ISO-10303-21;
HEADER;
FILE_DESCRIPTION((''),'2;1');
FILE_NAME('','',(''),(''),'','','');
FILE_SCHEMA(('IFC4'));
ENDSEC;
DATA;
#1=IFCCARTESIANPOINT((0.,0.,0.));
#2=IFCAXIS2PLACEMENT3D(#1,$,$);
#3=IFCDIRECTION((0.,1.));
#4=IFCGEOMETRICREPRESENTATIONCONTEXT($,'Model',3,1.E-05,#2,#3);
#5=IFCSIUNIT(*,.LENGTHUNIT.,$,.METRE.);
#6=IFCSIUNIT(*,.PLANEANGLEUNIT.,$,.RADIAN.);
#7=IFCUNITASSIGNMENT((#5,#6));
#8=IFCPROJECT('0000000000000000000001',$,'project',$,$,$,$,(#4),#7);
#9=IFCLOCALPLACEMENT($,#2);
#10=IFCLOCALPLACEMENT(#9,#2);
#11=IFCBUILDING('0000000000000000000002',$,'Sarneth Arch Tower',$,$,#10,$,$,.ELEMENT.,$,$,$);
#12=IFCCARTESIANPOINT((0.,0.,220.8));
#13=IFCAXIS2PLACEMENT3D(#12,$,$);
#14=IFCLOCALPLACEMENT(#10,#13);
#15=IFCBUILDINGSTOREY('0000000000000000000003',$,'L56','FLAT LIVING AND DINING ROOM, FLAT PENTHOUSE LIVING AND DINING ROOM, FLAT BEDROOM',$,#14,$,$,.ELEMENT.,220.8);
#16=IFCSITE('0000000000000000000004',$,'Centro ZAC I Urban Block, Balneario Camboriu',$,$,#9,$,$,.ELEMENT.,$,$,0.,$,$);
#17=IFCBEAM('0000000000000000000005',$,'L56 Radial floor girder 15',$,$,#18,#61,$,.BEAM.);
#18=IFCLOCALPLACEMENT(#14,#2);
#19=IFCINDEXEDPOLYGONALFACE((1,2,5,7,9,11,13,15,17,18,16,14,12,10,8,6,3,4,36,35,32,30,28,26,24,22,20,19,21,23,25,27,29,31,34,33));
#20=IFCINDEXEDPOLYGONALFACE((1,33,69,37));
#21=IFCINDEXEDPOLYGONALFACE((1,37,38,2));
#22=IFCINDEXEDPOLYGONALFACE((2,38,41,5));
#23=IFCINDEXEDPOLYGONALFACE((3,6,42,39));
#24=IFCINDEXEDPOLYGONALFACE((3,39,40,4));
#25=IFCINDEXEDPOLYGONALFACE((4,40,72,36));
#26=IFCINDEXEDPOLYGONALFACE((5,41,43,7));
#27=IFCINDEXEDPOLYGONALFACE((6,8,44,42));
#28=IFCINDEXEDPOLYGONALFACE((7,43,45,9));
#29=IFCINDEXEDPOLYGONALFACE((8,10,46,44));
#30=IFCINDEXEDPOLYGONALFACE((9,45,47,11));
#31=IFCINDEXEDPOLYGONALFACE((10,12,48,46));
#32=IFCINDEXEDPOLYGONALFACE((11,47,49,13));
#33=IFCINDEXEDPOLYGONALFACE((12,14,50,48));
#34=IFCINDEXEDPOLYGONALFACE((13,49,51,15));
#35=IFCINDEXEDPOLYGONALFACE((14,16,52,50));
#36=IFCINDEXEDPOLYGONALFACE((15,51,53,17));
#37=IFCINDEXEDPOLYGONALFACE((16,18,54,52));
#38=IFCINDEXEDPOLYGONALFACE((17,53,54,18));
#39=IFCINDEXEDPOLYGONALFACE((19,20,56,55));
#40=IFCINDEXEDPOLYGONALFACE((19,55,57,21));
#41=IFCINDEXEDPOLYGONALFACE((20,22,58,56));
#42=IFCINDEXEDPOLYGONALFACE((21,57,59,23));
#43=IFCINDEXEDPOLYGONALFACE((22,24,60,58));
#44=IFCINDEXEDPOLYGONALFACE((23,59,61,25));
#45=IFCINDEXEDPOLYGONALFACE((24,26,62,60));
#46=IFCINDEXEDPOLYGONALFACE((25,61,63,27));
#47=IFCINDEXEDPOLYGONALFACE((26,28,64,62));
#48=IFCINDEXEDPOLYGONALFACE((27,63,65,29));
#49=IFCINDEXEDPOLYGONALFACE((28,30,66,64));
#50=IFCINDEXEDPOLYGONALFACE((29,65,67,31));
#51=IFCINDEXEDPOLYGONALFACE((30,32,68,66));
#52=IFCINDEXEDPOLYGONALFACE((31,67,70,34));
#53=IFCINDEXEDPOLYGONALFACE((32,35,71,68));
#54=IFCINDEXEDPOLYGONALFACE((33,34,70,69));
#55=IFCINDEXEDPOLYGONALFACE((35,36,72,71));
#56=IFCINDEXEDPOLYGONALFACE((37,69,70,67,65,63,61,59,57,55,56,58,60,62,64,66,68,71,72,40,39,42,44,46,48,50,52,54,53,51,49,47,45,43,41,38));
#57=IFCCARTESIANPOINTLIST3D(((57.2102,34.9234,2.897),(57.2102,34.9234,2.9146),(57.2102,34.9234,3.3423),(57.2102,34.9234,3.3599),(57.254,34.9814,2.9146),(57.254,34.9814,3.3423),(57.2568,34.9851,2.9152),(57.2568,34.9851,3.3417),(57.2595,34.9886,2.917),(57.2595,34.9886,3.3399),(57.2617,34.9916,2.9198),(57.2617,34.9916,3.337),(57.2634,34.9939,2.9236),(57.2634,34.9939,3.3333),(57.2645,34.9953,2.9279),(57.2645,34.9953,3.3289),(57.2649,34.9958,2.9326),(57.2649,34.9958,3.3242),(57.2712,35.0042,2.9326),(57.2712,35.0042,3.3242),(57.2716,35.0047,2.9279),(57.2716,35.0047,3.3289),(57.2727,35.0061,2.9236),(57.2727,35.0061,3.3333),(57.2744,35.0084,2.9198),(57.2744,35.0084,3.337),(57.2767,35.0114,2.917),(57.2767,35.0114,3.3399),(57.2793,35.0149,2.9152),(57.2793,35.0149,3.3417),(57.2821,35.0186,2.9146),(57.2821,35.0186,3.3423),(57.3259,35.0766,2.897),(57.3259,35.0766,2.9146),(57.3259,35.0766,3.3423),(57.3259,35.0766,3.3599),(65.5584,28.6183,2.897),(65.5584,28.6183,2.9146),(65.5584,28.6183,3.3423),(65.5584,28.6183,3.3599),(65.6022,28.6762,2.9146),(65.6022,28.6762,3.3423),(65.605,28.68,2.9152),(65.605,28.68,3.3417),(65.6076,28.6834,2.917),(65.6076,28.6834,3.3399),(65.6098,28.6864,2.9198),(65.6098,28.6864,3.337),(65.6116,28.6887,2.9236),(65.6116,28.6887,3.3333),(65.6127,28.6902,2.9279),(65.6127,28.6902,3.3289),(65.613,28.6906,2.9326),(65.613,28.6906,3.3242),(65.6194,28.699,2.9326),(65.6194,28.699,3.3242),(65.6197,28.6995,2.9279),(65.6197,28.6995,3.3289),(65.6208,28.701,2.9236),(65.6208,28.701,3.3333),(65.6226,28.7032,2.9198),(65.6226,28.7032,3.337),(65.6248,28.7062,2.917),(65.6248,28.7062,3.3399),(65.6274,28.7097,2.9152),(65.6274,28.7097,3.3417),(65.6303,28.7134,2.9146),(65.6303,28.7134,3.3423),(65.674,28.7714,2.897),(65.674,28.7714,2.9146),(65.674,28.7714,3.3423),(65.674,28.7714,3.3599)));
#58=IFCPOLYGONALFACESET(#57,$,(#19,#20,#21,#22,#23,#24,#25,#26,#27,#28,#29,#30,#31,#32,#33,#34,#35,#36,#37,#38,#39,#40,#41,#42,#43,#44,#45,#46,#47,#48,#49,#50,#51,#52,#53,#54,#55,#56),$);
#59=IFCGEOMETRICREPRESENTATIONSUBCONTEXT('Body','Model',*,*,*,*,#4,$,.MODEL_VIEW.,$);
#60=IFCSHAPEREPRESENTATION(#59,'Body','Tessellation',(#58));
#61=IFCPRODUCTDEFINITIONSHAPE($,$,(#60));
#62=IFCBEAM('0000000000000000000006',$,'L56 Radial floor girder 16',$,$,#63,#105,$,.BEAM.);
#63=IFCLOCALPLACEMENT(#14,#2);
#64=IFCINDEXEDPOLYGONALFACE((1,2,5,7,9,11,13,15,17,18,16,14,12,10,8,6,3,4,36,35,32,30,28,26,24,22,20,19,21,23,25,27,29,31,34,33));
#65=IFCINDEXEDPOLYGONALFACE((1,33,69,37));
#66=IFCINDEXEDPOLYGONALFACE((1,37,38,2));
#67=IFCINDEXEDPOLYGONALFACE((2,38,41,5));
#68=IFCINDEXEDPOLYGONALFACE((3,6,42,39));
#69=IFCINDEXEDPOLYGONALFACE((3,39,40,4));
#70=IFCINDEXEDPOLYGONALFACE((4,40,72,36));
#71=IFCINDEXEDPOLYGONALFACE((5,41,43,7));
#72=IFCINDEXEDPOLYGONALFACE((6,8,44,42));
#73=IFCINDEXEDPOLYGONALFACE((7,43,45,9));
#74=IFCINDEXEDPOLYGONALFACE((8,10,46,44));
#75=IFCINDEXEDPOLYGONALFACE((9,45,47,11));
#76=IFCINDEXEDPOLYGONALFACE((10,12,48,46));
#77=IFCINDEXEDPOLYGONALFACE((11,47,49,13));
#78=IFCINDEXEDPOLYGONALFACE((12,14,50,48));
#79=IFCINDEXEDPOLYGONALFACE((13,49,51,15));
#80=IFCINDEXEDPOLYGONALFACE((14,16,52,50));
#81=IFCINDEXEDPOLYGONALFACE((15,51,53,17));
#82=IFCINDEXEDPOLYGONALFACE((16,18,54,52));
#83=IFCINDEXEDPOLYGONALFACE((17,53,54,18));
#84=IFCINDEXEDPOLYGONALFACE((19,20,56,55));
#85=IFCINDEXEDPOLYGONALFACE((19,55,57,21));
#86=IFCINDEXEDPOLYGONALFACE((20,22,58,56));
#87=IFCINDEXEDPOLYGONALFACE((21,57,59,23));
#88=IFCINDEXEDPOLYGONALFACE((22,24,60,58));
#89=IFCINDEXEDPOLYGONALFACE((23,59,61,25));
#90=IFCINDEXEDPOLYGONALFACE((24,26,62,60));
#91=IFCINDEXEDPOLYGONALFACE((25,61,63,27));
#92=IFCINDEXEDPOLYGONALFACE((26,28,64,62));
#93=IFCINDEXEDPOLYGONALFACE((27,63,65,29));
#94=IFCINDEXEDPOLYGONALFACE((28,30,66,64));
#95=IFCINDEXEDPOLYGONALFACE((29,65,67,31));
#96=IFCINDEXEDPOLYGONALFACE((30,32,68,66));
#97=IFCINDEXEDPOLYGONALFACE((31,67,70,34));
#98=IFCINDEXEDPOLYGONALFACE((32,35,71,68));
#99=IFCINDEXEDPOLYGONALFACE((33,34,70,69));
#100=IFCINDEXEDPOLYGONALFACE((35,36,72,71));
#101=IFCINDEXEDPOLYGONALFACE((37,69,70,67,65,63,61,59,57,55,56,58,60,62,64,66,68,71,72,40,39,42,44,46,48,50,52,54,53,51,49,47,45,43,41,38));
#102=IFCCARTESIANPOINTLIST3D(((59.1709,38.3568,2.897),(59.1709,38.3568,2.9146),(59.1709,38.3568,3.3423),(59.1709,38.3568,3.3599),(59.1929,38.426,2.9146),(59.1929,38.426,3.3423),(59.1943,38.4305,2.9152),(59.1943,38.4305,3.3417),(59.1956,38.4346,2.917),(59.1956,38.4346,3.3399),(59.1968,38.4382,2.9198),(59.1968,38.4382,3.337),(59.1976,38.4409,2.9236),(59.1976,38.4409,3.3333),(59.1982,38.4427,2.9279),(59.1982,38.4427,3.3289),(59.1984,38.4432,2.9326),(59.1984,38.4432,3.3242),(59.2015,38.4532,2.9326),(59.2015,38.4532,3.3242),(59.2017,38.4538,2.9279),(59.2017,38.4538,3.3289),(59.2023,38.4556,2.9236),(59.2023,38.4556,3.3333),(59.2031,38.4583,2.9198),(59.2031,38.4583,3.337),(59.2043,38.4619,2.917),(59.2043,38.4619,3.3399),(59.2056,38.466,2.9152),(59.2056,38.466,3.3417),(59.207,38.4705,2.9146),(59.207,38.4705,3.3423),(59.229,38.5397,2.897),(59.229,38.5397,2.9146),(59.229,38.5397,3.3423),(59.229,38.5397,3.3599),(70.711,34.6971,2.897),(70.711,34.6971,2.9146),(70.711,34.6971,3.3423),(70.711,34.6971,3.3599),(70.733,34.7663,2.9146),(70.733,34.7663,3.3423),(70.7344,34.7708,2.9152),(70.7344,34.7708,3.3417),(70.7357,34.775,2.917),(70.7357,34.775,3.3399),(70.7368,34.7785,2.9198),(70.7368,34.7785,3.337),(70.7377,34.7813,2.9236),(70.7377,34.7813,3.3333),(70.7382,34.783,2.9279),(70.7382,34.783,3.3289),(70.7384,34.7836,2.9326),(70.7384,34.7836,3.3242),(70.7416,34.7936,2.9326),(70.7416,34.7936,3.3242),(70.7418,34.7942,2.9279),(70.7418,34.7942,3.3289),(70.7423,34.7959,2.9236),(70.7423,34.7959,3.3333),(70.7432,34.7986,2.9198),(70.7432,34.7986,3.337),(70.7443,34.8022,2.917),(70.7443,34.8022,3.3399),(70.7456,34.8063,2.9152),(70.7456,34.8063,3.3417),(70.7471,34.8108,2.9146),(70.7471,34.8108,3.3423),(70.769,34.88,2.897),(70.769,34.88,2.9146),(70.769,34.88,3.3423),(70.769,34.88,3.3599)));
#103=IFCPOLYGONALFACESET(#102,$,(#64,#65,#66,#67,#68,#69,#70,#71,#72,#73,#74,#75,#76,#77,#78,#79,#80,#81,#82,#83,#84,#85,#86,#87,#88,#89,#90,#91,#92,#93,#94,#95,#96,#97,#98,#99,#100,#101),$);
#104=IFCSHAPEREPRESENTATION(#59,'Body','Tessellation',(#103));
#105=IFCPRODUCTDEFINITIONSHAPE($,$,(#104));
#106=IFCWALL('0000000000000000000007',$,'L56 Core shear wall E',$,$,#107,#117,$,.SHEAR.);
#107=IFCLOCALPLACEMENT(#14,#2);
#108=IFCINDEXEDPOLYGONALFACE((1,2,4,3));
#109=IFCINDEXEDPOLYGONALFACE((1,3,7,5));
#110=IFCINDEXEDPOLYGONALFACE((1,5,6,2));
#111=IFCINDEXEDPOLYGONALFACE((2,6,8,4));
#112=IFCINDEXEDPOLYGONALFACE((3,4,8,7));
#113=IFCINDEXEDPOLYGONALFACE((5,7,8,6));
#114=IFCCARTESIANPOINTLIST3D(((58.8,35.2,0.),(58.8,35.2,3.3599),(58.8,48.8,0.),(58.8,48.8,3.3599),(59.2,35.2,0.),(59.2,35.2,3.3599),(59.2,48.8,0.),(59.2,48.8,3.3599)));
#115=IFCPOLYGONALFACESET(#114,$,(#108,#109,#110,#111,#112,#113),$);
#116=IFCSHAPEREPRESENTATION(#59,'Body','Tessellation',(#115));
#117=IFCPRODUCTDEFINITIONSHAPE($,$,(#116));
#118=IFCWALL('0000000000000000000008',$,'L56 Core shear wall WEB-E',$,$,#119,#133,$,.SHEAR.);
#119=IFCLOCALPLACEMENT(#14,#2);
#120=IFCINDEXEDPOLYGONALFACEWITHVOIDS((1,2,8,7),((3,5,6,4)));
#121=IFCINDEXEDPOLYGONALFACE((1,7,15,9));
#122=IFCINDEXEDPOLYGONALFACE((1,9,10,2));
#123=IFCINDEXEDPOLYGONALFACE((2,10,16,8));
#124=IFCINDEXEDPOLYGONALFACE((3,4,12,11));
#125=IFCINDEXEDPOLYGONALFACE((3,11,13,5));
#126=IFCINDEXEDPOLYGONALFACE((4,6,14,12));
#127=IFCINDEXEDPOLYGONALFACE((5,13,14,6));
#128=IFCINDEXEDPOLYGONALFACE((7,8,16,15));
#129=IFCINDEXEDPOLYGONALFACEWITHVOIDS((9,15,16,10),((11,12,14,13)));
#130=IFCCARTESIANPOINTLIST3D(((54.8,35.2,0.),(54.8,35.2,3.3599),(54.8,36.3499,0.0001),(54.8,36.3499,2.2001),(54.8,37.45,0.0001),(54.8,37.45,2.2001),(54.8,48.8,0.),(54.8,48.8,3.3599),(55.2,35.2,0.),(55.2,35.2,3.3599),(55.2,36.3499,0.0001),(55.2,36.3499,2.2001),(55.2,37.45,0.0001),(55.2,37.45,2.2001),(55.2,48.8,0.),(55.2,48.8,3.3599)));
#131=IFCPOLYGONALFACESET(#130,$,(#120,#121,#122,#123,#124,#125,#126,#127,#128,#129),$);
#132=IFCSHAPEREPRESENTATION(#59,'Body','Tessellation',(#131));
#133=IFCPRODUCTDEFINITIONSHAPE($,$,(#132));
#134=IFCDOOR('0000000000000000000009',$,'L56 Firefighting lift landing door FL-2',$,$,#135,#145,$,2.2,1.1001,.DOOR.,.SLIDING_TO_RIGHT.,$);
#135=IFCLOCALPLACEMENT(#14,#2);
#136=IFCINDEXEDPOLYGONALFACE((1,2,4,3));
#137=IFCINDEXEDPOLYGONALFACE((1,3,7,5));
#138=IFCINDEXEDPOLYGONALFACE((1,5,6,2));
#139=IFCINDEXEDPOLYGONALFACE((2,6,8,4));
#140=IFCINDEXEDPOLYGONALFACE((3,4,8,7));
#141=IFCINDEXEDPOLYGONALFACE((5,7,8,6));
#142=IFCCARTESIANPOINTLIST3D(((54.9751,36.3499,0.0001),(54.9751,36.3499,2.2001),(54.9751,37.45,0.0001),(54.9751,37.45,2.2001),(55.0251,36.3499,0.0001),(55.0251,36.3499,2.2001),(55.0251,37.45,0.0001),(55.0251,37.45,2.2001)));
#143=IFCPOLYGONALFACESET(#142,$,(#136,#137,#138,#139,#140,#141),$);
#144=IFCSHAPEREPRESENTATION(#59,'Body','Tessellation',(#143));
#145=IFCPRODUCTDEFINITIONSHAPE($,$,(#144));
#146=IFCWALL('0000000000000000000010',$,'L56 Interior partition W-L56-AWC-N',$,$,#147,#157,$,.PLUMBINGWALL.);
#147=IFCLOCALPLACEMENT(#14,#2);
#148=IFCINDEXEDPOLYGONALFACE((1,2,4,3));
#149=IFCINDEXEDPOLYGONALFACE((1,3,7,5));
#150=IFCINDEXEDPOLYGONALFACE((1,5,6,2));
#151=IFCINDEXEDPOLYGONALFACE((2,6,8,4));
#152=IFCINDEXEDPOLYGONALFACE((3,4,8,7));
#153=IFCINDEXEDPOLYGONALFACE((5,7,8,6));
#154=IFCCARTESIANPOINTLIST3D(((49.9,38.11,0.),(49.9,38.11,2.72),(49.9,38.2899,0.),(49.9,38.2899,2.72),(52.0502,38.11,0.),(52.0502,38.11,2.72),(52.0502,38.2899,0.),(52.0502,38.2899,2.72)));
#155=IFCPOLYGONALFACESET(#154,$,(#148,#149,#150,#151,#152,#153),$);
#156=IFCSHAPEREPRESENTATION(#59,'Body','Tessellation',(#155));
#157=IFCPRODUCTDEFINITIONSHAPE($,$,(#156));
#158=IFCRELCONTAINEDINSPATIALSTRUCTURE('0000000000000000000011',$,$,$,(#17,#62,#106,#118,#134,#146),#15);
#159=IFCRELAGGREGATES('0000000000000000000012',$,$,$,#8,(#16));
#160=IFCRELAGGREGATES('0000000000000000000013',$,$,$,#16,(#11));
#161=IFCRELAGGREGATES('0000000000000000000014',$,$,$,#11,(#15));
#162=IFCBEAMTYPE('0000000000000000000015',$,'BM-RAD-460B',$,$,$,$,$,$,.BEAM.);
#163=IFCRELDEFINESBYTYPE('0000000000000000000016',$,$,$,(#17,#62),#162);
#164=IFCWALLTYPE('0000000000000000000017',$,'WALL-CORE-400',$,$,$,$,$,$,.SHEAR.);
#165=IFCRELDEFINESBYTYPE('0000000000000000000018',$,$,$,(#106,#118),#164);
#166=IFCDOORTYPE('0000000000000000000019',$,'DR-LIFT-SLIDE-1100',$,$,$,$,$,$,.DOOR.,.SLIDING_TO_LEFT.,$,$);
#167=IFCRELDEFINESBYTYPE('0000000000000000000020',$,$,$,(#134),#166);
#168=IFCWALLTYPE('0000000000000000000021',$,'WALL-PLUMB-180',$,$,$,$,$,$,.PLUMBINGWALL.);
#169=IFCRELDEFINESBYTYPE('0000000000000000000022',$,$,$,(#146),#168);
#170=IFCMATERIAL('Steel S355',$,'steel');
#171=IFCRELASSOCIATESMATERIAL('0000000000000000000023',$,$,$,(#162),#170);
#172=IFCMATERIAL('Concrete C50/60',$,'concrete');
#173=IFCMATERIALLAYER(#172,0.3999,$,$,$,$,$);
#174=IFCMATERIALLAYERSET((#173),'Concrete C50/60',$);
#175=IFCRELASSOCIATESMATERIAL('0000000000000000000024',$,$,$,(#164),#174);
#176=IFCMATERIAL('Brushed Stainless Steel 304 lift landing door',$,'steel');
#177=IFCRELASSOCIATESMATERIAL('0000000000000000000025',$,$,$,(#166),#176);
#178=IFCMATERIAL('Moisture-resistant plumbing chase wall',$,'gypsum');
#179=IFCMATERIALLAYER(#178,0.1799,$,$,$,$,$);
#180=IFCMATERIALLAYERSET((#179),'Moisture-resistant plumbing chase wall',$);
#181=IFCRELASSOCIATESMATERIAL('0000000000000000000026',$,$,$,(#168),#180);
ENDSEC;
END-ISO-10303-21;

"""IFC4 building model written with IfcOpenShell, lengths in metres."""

from ifc_helpers import new_model, si_unit, direction, frame, frame_2d, origin, origin_2d, place, context, subcontext, project, spatial, rectangle, i_section, extrude, material, layer, layer_set, material_profile, profile_set, type_object, element, fill, save


model = new_model("IFC4")

# Units and contexts
model_context = context("Model", 3, precision=1e-05, world=origin(), true_north=direction((0.0, 1.0)))
body_context = subcontext(model_context, "Body", "Model", "MODEL_VIEW")
ifc_project = project(units=[si_unit("LENGTHUNIT", "METRE"), si_unit("PLANEANGLEUNIT", "RADIAN")], contexts=[model_context])

# Site, building, storey
site_placement = place(None, origin())
site = spatial("IfcSite", under=ifc_project, at=site_placement, Name="Centro ZAC I Urban Block, Balneario Camboriu", CompositionType="ELEMENT", RefElevation=0.0)
building_placement = place(site_placement, origin())
building = spatial("IfcBuilding", under=site, at=building_placement, Name="Sarneth Arch Tower", CompositionType="ELEMENT")
storey_placement = place(building_placement, frame((0.0, 0.0, 220.8)))
storey = spatial("IfcBuildingStorey", under=building, at=storey_placement, Name="L56", Description="FLAT LIVING AND DINING ROOM, FLAT PENTHOUSE LIVING AND DINING ROOM, FLAT BEDROOM", CompositionType="ELEMENT", Elevation=220.8)

# Beams
ifc_material_1 = material(Name="Steel S355", Category="steel")
ifc_material_profile_1 = material_profile(ifc_material_1, i_section(OverallWidth=0.1919, OverallDepth=0.4629, WebThickness=0.0105, FlangeThickness=0.0176, FilletRadius=0.0181, at=origin_2d()), Name="W460x89")
ifc_profile_set_1 = profile_set([ifc_material_profile_1], Name="Steel S355")
beam_type_1 = type_object("IfcBeamType", Name="BM-RAD-460B", PredefinedType="BEAM", material=ifc_profile_set_1)
beam_1_placement = place(storey_placement, frame((57.2681, 35.0, 3.1284), z_axis=(0.797974, -0.602692, 0.0), x_axis=(0.602692, 0.797974, 0.0)))
element("IfcBeam", 1, at=beam_1_placement, inside=storey, type_object=beam_type_1, Name="L56 Radial floor girder 15", PredefinedType="BEAM", context=body_context, shape_type="SweptSolid", body=[
    extrude(i_section(OverallWidth=0.1919, OverallDepth=0.4629, WebThickness=0.0105, FlangeThickness=0.0176, FilletRadius=0.0181, at=origin_2d()), origin(), (0.0, 0.0, 1.0), 10.4617),
])
beam_2_placement = place(storey_placement, frame((59.2, 38.4482, 3.1284), z_axis=(0.953216, -0.302291, 0.0), x_axis=(0.302291, 0.953216, 0.0)))
element("IfcBeam", 2, at=beam_2_placement, inside=storey, type_object=beam_type_1, Name="L56 Radial floor girder 16", PredefinedType="BEAM", context=body_context, shape_type="SweptSolid", body=[
    extrude(i_section(OverallWidth=0.1919, OverallDepth=0.4629, WebThickness=0.0105, FlangeThickness=0.0176, FilletRadius=0.0181, at=origin_2d()), origin(), (0.0, 0.0, 1.0), 12.1064),
])

# Shared definitions
ifc_material_2 = material(Name="Concrete C50/60", Category="concrete")
ifc_layer_1 = layer(ifc_material_2, 0.3999)
ifc_layer_set_1 = layer_set([ifc_layer_1], Name="Concrete C50/60")
wall_type_1 = type_object("IfcWallType", Name="WALL-CORE-400", PredefinedType="SHEAR", material=ifc_layer_set_1)

# Wall
wall_1_placement = place(storey_placement, frame((59.0, 35.2, 0.0), z_axis=(0.0, 0.0, 1.0), x_axis=(0.0, 1.0, 0.0)))
element("IfcWall", 3, at=wall_1_placement, inside=storey, type_object=wall_type_1, Name="L56 Core shear wall E", PredefinedType="SHEAR", context=body_context, shape_type="SweptSolid", body=[
    extrude(rectangle(XDim=13.6001, YDim=0.3999, at=frame_2d((6.8, 0.0))), origin(), (0.0, 0.0, 1.0), 3.3599),
])

# Wall, opening, door
wall_2_placement = place(storey_placement, frame((55.0, 35.2, 0.0), z_axis=(0.0, 0.0, 1.0), x_axis=(0.0, 1.0, 0.0)))
wall_2 = element("IfcWall", 4, at=wall_2_placement, inside=storey, type_object=wall_type_1, Name="L56 Core shear wall WEB-E", PredefinedType="SHEAR", context=body_context, shape_type="SweptSolid", body=[
    extrude(rectangle(XDim=13.6001, YDim=0.3999, at=frame_2d((6.8, 0.0))), origin(), (0.0, 0.0, 1.0), 3.3599),
])
opening_1_placement = place(wall_2_placement, frame((1.1499, 0.0, 0.0)))
opening_1 = element("IfcOpeningElement", 5, at=opening_1_placement, cuts=wall_2, PredefinedType="OPENING", context=body_context, shape_type="SweptSolid", body=[
    extrude(rectangle(XDim=1.1001, YDim=2.2, at=frame_2d((0.55, 1.1001))), frame((0.0, 0.21, 0.0), z_axis=(0.0, -1.0, 0.0), x_axis=(1.0, 0.0, 0.0)), (0.0, 0.0, 1.0), 0.4199),
])
ifc_material_3 = material(Name="Brushed Stainless Steel 304 lift landing door", Category="steel")
door_type_1 = type_object("IfcDoorType", Name="DR-LIFT-SLIDE-1100", OperationType="SLIDING_TO_LEFT", PredefinedType="DOOR", material=ifc_material_3)
door_1_placement = place(opening_1_placement, origin())
door_1 = element("IfcDoor", 6, at=door_1_placement, inside=storey, type_object=door_type_1, Name="L56 Firefighting lift landing door FL-2", OperationType="SLIDING_TO_RIGHT", OverallHeight=2.2, OverallWidth=1.1001, PredefinedType="DOOR", context=body_context, shape_type="SweptSolid", body=[
    extrude(rectangle(XDim=1.1001, YDim=2.2, at=frame_2d((0.55, 1.1001))), frame((0.0, 0.0249, 0.0), z_axis=(0.0, -1.0, 0.0), x_axis=(1.0, 0.0, 0.0)), (0.0, 0.0, 1.0), 0.05),
])
fill(opening_1, door_1)

# Wall
ifc_material_4 = material(Name="Moisture-resistant plumbing chase wall", Category="gypsum")
ifc_layer_2 = layer(ifc_material_4, 0.1799)
ifc_layer_set_2 = layer_set([ifc_layer_2], Name="Moisture-resistant plumbing chase wall")
wall_type_2 = type_object("IfcWallType", Name="WALL-PLUMB-180", PredefinedType="PLUMBINGWALL", material=ifc_layer_set_2)
wall_3_placement = place(storey_placement, frame((49.8999, 38.2, 0.0), z_axis=(0.0, 0.0, 1.0), x_axis=(1.0, 0.0, 0.0)))
element("IfcWall", 7, at=wall_3_placement, inside=storey, type_object=wall_type_2, Name="L56 Interior partition W-L56-AWC-N", PredefinedType="PLUMBINGWALL", context=body_context, shape_type="SweptSolid", body=[
    extrude(rectangle(XDim=2.1501, YDim=0.1799, at=frame_2d((1.0752, 0.0))), origin(), (0.0, 0.0, 1.0), 2.72),
])

save(model, "model.ifc")
